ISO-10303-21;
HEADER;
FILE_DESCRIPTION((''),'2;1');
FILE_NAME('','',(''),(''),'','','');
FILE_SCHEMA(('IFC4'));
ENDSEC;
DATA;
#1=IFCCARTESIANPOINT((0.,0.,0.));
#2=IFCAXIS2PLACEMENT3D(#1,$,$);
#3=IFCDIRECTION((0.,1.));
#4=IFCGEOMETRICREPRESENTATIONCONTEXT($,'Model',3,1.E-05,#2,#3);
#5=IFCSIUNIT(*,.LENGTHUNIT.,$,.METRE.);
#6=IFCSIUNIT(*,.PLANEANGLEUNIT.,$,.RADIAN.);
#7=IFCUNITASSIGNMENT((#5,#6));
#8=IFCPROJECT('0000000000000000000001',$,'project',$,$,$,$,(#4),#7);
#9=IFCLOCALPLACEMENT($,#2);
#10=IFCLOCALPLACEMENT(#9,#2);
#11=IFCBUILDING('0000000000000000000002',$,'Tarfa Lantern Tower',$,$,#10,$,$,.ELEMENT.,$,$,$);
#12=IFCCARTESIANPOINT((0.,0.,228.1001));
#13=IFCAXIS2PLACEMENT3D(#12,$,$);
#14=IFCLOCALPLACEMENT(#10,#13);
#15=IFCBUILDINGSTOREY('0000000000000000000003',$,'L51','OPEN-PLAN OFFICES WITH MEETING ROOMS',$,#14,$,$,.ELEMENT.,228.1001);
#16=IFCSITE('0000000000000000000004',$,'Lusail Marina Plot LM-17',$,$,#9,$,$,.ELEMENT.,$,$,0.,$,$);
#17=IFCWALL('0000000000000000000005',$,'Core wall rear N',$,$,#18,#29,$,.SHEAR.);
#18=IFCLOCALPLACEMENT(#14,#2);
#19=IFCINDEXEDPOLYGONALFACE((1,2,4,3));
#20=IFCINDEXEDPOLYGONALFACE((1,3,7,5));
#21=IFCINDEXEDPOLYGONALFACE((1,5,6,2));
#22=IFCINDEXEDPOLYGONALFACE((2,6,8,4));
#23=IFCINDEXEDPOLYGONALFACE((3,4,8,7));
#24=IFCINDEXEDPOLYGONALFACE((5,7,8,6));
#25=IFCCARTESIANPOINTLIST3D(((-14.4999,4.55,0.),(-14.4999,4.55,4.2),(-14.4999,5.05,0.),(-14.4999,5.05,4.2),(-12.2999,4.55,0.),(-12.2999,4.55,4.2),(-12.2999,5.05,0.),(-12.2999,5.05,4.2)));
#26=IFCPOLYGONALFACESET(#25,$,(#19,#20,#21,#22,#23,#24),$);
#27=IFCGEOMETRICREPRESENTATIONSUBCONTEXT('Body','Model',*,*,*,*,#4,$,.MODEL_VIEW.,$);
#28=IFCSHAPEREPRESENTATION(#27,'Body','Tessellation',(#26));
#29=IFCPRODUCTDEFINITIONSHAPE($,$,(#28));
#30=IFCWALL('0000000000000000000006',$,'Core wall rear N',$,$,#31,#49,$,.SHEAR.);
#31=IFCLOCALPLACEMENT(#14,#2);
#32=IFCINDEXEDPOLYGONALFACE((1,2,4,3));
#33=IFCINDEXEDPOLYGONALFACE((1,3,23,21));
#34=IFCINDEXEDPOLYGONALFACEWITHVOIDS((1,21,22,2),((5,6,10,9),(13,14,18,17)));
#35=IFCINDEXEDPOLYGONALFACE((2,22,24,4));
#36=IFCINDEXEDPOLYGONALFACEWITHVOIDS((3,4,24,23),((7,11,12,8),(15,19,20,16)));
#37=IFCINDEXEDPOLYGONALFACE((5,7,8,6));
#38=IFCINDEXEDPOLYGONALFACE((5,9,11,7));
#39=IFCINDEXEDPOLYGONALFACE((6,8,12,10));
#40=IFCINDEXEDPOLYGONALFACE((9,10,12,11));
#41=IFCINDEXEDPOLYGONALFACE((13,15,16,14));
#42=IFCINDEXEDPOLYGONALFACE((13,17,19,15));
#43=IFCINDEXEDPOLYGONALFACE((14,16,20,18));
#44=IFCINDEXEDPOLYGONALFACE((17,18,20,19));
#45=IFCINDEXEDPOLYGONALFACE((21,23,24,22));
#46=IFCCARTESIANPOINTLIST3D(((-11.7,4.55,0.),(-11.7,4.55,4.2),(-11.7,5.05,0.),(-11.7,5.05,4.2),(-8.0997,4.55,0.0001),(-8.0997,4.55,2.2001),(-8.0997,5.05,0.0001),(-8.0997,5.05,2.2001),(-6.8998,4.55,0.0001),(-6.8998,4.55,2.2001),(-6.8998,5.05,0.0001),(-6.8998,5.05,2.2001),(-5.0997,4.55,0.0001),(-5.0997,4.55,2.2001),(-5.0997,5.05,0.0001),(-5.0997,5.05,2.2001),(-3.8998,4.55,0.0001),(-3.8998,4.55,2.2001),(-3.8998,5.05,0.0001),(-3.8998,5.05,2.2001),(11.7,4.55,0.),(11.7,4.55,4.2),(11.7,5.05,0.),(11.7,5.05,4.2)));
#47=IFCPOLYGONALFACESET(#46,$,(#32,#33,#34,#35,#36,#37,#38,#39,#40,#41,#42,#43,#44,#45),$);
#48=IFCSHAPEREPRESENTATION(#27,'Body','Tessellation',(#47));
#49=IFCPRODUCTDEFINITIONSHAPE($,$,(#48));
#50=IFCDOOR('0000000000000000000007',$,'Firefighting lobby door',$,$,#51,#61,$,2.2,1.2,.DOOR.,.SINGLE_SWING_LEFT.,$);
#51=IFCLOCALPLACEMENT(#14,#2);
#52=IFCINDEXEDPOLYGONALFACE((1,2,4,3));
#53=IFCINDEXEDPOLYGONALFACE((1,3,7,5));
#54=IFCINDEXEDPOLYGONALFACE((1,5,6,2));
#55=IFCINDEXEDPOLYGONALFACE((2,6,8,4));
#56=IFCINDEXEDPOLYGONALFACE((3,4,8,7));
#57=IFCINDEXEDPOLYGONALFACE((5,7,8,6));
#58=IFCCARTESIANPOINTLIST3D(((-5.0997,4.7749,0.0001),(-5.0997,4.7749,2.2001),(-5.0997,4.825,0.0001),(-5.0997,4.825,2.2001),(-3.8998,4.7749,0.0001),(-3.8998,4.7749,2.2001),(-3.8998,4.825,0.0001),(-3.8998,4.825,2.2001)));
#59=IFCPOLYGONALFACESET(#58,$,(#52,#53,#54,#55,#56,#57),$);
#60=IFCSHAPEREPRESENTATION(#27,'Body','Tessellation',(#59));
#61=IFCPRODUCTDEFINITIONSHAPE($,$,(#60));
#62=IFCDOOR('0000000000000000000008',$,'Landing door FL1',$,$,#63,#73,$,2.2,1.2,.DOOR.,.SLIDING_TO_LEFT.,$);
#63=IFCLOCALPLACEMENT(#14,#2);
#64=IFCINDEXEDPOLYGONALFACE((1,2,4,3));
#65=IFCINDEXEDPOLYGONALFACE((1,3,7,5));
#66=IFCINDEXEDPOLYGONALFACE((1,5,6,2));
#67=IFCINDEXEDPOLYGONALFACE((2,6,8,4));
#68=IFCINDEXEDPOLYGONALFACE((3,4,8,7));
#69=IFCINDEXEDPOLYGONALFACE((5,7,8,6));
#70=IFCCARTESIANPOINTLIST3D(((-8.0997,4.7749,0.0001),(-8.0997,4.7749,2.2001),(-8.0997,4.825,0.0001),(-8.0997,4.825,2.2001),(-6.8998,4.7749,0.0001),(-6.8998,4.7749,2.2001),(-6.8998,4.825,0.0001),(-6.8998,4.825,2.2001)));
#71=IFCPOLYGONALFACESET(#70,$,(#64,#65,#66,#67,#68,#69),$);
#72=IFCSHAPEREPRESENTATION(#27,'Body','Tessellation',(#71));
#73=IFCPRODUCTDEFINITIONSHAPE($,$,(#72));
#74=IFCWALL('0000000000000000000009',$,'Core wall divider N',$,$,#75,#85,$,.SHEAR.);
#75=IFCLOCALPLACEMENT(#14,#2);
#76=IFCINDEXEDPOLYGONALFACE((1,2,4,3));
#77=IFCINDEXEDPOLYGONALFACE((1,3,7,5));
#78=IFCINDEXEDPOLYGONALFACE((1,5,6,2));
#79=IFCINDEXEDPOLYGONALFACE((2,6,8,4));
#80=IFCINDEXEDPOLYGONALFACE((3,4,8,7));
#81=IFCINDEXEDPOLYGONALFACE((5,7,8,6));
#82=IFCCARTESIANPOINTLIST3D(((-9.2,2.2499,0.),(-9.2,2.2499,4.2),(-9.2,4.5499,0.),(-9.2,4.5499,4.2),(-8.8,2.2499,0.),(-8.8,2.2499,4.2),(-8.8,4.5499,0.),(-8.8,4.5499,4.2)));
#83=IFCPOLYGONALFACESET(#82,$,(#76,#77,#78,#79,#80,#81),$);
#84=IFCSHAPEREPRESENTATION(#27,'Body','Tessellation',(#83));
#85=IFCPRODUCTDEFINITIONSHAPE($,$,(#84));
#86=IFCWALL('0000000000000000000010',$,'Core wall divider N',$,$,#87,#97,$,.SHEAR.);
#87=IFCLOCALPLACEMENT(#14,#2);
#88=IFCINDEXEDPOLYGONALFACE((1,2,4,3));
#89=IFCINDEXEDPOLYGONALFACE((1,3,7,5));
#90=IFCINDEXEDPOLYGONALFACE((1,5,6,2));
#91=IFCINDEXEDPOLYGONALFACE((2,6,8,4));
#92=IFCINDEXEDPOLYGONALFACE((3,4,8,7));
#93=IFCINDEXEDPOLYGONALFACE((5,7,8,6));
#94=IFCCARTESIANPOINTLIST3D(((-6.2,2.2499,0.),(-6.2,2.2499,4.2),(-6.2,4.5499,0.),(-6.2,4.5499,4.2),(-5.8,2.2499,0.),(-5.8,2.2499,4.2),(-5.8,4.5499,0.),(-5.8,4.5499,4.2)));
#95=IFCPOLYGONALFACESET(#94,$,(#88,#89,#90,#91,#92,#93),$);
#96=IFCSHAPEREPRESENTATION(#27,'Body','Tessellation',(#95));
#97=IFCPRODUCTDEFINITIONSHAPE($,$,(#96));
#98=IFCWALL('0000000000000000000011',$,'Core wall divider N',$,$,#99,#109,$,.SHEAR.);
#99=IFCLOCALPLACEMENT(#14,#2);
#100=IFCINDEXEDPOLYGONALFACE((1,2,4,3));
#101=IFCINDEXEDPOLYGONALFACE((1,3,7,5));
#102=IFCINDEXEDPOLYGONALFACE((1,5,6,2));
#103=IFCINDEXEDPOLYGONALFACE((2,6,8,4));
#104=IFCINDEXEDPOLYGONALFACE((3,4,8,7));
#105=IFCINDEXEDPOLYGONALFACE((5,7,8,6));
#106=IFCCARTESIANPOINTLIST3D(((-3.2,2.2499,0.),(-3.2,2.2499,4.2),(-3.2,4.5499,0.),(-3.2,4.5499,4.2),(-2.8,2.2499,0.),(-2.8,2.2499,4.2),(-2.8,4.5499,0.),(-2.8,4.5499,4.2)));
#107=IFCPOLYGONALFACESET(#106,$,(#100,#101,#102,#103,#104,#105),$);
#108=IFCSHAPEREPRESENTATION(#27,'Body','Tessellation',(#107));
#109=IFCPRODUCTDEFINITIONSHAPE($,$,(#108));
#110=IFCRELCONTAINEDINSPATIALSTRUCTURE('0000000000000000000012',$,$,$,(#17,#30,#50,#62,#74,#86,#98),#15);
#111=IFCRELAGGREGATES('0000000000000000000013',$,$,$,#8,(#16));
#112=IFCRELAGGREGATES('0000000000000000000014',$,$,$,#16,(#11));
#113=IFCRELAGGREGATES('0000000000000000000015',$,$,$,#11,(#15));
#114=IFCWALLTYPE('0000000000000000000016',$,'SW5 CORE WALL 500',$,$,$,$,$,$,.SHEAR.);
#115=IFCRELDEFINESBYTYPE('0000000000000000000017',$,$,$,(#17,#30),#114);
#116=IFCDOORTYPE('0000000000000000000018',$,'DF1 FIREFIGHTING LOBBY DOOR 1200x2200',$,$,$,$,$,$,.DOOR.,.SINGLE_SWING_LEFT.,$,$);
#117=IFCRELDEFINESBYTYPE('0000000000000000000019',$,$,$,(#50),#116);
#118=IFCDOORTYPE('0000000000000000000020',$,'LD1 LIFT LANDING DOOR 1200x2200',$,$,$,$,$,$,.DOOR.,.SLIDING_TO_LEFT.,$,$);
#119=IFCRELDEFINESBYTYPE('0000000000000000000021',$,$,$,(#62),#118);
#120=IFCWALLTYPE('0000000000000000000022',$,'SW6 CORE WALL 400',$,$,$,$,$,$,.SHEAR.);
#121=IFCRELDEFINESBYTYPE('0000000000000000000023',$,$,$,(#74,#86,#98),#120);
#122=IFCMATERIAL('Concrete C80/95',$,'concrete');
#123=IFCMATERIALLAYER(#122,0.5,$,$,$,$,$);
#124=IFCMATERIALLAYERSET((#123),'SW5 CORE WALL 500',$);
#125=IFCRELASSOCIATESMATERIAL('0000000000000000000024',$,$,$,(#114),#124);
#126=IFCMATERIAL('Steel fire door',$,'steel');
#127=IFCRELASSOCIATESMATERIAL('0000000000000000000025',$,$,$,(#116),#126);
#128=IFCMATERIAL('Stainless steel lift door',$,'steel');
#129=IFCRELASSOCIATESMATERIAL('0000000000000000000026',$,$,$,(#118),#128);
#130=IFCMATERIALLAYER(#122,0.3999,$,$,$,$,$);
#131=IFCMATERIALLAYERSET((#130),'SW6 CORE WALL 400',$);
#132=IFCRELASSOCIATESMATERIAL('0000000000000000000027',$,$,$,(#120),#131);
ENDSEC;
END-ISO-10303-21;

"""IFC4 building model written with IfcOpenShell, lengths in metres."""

from ifc_helpers import new_model, si_unit, direction, frame, frame_2d, origin, place, context, subcontext, project, spatial, rectangle, extrude, material, layer, layer_set, type_object, element, fill, save


model = new_model("IFC4")

# Units and contexts
model_context = context("Model", 3, precision=1e-05, world=origin(), true_north=direction((0.0, 1.0)))
body_context = subcontext(model_context, "Body", "Model", "MODEL_VIEW")
ifc_project = project(units=[si_unit("LENGTHUNIT", "METRE"), si_unit("PLANEANGLEUNIT", "RADIAN")], contexts=[model_context])

# Site, building, storey
site_placement = place(None, origin())
site = spatial("IfcSite", under=ifc_project, at=site_placement, Name="Lusail Marina Plot LM-17", CompositionType="ELEMENT", RefElevation=0.0)
building_placement = place(site_placement, origin())
building = spatial("IfcBuilding", under=site, at=building_placement, Name="Tarfa Lantern Tower", CompositionType="ELEMENT")
storey_placement = place(building_placement, frame((0.0, 0.0, 228.1001)))
storey = spatial("IfcBuildingStorey", under=building, at=storey_placement, Name="L51", Description="OPEN-PLAN OFFICES WITH MEETING ROOMS", CompositionType="ELEMENT", Elevation=228.1001)

# Shared definitions
ifc_material_1 = material(Name="Concrete C80/95", Category="concrete")

# Shared definitions
ifc_material_2 = material(Name="Steel fire door", Category="steel")

# Shared definitions
ifc_layer_1 = layer(ifc_material_1, 0.5)
ifc_layer_set_1 = layer_set([ifc_layer_1], Name="SW5 CORE WALL 500")
wall_type_1 = type_object("IfcWallType", Name="SW5 CORE WALL 500", PredefinedType="SHEAR", material=ifc_layer_set_1)
ifc_material_3 = material(Name="Stainless steel lift door", Category="steel")

# Wall
wall_1_placement = place(storey_placement, frame((-14.5, 4.8, 0.0), z_axis=(0.0, 0.0, 1.0), x_axis=(1.0, 0.0, 0.0)))
element("IfcWall", 1, at=wall_1_placement, inside=storey, type_object=wall_type_1, Name="Core wall rear N", PredefinedType="SHEAR", context=body_context, shape_type="SweptSolid", body=[
    extrude(rectangle(XDim=2.2, YDim=0.5, at=frame_2d((1.1001, 0.0))), origin(), (0.0, 0.0, 1.0), 4.2),
])

# Wall, openings, doors
wall_2_placement = place(storey_placement, frame((-11.7, 4.8, 0.0), z_axis=(0.0, 0.0, 1.0), x_axis=(1.0, 0.0, 0.0)))
wall_2 = element("IfcWall", 2, at=wall_2_placement, inside=storey, type_object=wall_type_1, Name="Core wall rear N", PredefinedType="SHEAR", context=body_context, shape_type="SweptSolid", body=[
    extrude(rectangle(XDim=23.3999, YDim=0.5, at=frame_2d((11.7, 0.0))), origin(), (0.0, 0.0, 1.0), 4.2),
])
opening_1_placement = place(wall_2_placement, frame((6.6001, 0.0, 0.0)))
opening_1 = element("IfcOpeningElement", 3, at=opening_1_placement, cuts=wall_2, PredefinedType="OPENING", context=body_context, shape_type="SweptSolid", body=[
    extrude(rectangle(XDim=1.2, YDim=2.2, at=frame_2d((0.6001, 1.1001))), frame((0.0, 0.26, 0.0), z_axis=(0.0, -1.0, 0.0), x_axis=(1.0, 0.0, 0.0)), (0.0, 0.0, 1.0), 0.52),
])
opening_2_placement = place(wall_2_placement, frame((3.6001, 0.0, 0.0)))
opening_2 = element("IfcOpeningElement", 4, at=opening_2_placement, cuts=wall_2, PredefinedType="OPENING", context=body_context, shape_type="SweptSolid", body=[
    extrude(rectangle(XDim=1.2, YDim=2.2, at=frame_2d((0.6001, 1.1001))), frame((0.0, 0.26, 0.0), z_axis=(0.0, -1.0, 0.0), x_axis=(1.0, 0.0, 0.0)), (0.0, 0.0, 1.0), 0.52),
])
door_type_1 = type_object("IfcDoorType", Name="DF1 FIREFIGHTING LOBBY DOOR 1200x2200", OperationType="SINGLE_SWING_LEFT", PredefinedType="DOOR", material=ifc_material_2)
door_1_placement = place(opening_1_placement, origin())
door_1 = element("IfcDoor", 5, at=door_1_placement, inside=storey, type_object=door_type_1, Name="Firefighting lobby door", OperationType="SINGLE_SWING_LEFT", OverallHeight=2.2, OverallWidth=1.2, PredefinedType="DOOR", context=body_context, shape_type="SweptSolid", body=[
    extrude(rectangle(XDim=1.2, YDim=2.2, at=frame_2d((0.6001, 1.1001))), frame((0.0, 0.0249, 0.0), z_axis=(0.0, -1.0, 0.0), x_axis=(1.0, 0.0, 0.0)), (0.0, 0.0, 1.0), 0.05),
])
fill(opening_1, door_1)
door_type_2 = type_object("IfcDoorType", Name="LD1 LIFT LANDING DOOR 1200x2200", OperationType="SLIDING_TO_LEFT", PredefinedType="DOOR", material=ifc_material_3)
door_2_placement = place(opening_2_placement, origin())
door_2 = element("IfcDoor", 6, at=door_2_placement, inside=storey, type_object=door_type_2, Name="Landing door FL1", OperationType="SLIDING_TO_LEFT", OverallHeight=2.2, OverallWidth=1.2, PredefinedType="DOOR", context=body_context, shape_type="SweptSolid", body=[
    extrude(rectangle(XDim=1.2, YDim=2.2, at=frame_2d((0.6001, 1.1001))), frame((0.0, 0.0249, 0.0), z_axis=(0.0, -1.0, 0.0), x_axis=(1.0, 0.0, 0.0)), (0.0, 0.0, 1.0), 0.05),
])
fill(opening_2, door_2)

# Walls
ifc_layer_2 = layer(ifc_material_1, 0.3999)
ifc_layer_set_2 = layer_set([ifc_layer_2], Name="SW6 CORE WALL 400")
wall_type_2 = type_object("IfcWallType", Name="SW6 CORE WALL 400", PredefinedType="SHEAR", material=ifc_layer_set_2)
for number, where, z_axis, x_axis, name in (
    (7, (-9.0, 2.25, 0.0), (0.0, 0.0, 1.0), (0.0, 1.0, 0.0), "Core wall divider N"),
    (8, (-6.0, 2.25, 0.0), (0.0, 0.0, 1.0), (0.0, 1.0, 0.0), "Core wall divider N"),
    (9, (-3.0, 2.25, 0.0), (0.0, 0.0, 1.0), (0.0, 1.0, 0.0), "Core wall divider N"),
):
    element("IfcWall", number, at=place(storey_placement, frame(where, z_axis=z_axis, x_axis=x_axis)), inside=storey, type_object=wall_type_2, Name=name, PredefinedType="SHEAR", context=body_context, shape_type="SweptSolid", body=[
        extrude(rectangle(XDim=2.3, YDim=0.3999, at=frame_2d((1.1499, 0.0))), origin(), (0.0, 0.0, 1.0), 4.2),
    ])

save(model, "model.ifc")
